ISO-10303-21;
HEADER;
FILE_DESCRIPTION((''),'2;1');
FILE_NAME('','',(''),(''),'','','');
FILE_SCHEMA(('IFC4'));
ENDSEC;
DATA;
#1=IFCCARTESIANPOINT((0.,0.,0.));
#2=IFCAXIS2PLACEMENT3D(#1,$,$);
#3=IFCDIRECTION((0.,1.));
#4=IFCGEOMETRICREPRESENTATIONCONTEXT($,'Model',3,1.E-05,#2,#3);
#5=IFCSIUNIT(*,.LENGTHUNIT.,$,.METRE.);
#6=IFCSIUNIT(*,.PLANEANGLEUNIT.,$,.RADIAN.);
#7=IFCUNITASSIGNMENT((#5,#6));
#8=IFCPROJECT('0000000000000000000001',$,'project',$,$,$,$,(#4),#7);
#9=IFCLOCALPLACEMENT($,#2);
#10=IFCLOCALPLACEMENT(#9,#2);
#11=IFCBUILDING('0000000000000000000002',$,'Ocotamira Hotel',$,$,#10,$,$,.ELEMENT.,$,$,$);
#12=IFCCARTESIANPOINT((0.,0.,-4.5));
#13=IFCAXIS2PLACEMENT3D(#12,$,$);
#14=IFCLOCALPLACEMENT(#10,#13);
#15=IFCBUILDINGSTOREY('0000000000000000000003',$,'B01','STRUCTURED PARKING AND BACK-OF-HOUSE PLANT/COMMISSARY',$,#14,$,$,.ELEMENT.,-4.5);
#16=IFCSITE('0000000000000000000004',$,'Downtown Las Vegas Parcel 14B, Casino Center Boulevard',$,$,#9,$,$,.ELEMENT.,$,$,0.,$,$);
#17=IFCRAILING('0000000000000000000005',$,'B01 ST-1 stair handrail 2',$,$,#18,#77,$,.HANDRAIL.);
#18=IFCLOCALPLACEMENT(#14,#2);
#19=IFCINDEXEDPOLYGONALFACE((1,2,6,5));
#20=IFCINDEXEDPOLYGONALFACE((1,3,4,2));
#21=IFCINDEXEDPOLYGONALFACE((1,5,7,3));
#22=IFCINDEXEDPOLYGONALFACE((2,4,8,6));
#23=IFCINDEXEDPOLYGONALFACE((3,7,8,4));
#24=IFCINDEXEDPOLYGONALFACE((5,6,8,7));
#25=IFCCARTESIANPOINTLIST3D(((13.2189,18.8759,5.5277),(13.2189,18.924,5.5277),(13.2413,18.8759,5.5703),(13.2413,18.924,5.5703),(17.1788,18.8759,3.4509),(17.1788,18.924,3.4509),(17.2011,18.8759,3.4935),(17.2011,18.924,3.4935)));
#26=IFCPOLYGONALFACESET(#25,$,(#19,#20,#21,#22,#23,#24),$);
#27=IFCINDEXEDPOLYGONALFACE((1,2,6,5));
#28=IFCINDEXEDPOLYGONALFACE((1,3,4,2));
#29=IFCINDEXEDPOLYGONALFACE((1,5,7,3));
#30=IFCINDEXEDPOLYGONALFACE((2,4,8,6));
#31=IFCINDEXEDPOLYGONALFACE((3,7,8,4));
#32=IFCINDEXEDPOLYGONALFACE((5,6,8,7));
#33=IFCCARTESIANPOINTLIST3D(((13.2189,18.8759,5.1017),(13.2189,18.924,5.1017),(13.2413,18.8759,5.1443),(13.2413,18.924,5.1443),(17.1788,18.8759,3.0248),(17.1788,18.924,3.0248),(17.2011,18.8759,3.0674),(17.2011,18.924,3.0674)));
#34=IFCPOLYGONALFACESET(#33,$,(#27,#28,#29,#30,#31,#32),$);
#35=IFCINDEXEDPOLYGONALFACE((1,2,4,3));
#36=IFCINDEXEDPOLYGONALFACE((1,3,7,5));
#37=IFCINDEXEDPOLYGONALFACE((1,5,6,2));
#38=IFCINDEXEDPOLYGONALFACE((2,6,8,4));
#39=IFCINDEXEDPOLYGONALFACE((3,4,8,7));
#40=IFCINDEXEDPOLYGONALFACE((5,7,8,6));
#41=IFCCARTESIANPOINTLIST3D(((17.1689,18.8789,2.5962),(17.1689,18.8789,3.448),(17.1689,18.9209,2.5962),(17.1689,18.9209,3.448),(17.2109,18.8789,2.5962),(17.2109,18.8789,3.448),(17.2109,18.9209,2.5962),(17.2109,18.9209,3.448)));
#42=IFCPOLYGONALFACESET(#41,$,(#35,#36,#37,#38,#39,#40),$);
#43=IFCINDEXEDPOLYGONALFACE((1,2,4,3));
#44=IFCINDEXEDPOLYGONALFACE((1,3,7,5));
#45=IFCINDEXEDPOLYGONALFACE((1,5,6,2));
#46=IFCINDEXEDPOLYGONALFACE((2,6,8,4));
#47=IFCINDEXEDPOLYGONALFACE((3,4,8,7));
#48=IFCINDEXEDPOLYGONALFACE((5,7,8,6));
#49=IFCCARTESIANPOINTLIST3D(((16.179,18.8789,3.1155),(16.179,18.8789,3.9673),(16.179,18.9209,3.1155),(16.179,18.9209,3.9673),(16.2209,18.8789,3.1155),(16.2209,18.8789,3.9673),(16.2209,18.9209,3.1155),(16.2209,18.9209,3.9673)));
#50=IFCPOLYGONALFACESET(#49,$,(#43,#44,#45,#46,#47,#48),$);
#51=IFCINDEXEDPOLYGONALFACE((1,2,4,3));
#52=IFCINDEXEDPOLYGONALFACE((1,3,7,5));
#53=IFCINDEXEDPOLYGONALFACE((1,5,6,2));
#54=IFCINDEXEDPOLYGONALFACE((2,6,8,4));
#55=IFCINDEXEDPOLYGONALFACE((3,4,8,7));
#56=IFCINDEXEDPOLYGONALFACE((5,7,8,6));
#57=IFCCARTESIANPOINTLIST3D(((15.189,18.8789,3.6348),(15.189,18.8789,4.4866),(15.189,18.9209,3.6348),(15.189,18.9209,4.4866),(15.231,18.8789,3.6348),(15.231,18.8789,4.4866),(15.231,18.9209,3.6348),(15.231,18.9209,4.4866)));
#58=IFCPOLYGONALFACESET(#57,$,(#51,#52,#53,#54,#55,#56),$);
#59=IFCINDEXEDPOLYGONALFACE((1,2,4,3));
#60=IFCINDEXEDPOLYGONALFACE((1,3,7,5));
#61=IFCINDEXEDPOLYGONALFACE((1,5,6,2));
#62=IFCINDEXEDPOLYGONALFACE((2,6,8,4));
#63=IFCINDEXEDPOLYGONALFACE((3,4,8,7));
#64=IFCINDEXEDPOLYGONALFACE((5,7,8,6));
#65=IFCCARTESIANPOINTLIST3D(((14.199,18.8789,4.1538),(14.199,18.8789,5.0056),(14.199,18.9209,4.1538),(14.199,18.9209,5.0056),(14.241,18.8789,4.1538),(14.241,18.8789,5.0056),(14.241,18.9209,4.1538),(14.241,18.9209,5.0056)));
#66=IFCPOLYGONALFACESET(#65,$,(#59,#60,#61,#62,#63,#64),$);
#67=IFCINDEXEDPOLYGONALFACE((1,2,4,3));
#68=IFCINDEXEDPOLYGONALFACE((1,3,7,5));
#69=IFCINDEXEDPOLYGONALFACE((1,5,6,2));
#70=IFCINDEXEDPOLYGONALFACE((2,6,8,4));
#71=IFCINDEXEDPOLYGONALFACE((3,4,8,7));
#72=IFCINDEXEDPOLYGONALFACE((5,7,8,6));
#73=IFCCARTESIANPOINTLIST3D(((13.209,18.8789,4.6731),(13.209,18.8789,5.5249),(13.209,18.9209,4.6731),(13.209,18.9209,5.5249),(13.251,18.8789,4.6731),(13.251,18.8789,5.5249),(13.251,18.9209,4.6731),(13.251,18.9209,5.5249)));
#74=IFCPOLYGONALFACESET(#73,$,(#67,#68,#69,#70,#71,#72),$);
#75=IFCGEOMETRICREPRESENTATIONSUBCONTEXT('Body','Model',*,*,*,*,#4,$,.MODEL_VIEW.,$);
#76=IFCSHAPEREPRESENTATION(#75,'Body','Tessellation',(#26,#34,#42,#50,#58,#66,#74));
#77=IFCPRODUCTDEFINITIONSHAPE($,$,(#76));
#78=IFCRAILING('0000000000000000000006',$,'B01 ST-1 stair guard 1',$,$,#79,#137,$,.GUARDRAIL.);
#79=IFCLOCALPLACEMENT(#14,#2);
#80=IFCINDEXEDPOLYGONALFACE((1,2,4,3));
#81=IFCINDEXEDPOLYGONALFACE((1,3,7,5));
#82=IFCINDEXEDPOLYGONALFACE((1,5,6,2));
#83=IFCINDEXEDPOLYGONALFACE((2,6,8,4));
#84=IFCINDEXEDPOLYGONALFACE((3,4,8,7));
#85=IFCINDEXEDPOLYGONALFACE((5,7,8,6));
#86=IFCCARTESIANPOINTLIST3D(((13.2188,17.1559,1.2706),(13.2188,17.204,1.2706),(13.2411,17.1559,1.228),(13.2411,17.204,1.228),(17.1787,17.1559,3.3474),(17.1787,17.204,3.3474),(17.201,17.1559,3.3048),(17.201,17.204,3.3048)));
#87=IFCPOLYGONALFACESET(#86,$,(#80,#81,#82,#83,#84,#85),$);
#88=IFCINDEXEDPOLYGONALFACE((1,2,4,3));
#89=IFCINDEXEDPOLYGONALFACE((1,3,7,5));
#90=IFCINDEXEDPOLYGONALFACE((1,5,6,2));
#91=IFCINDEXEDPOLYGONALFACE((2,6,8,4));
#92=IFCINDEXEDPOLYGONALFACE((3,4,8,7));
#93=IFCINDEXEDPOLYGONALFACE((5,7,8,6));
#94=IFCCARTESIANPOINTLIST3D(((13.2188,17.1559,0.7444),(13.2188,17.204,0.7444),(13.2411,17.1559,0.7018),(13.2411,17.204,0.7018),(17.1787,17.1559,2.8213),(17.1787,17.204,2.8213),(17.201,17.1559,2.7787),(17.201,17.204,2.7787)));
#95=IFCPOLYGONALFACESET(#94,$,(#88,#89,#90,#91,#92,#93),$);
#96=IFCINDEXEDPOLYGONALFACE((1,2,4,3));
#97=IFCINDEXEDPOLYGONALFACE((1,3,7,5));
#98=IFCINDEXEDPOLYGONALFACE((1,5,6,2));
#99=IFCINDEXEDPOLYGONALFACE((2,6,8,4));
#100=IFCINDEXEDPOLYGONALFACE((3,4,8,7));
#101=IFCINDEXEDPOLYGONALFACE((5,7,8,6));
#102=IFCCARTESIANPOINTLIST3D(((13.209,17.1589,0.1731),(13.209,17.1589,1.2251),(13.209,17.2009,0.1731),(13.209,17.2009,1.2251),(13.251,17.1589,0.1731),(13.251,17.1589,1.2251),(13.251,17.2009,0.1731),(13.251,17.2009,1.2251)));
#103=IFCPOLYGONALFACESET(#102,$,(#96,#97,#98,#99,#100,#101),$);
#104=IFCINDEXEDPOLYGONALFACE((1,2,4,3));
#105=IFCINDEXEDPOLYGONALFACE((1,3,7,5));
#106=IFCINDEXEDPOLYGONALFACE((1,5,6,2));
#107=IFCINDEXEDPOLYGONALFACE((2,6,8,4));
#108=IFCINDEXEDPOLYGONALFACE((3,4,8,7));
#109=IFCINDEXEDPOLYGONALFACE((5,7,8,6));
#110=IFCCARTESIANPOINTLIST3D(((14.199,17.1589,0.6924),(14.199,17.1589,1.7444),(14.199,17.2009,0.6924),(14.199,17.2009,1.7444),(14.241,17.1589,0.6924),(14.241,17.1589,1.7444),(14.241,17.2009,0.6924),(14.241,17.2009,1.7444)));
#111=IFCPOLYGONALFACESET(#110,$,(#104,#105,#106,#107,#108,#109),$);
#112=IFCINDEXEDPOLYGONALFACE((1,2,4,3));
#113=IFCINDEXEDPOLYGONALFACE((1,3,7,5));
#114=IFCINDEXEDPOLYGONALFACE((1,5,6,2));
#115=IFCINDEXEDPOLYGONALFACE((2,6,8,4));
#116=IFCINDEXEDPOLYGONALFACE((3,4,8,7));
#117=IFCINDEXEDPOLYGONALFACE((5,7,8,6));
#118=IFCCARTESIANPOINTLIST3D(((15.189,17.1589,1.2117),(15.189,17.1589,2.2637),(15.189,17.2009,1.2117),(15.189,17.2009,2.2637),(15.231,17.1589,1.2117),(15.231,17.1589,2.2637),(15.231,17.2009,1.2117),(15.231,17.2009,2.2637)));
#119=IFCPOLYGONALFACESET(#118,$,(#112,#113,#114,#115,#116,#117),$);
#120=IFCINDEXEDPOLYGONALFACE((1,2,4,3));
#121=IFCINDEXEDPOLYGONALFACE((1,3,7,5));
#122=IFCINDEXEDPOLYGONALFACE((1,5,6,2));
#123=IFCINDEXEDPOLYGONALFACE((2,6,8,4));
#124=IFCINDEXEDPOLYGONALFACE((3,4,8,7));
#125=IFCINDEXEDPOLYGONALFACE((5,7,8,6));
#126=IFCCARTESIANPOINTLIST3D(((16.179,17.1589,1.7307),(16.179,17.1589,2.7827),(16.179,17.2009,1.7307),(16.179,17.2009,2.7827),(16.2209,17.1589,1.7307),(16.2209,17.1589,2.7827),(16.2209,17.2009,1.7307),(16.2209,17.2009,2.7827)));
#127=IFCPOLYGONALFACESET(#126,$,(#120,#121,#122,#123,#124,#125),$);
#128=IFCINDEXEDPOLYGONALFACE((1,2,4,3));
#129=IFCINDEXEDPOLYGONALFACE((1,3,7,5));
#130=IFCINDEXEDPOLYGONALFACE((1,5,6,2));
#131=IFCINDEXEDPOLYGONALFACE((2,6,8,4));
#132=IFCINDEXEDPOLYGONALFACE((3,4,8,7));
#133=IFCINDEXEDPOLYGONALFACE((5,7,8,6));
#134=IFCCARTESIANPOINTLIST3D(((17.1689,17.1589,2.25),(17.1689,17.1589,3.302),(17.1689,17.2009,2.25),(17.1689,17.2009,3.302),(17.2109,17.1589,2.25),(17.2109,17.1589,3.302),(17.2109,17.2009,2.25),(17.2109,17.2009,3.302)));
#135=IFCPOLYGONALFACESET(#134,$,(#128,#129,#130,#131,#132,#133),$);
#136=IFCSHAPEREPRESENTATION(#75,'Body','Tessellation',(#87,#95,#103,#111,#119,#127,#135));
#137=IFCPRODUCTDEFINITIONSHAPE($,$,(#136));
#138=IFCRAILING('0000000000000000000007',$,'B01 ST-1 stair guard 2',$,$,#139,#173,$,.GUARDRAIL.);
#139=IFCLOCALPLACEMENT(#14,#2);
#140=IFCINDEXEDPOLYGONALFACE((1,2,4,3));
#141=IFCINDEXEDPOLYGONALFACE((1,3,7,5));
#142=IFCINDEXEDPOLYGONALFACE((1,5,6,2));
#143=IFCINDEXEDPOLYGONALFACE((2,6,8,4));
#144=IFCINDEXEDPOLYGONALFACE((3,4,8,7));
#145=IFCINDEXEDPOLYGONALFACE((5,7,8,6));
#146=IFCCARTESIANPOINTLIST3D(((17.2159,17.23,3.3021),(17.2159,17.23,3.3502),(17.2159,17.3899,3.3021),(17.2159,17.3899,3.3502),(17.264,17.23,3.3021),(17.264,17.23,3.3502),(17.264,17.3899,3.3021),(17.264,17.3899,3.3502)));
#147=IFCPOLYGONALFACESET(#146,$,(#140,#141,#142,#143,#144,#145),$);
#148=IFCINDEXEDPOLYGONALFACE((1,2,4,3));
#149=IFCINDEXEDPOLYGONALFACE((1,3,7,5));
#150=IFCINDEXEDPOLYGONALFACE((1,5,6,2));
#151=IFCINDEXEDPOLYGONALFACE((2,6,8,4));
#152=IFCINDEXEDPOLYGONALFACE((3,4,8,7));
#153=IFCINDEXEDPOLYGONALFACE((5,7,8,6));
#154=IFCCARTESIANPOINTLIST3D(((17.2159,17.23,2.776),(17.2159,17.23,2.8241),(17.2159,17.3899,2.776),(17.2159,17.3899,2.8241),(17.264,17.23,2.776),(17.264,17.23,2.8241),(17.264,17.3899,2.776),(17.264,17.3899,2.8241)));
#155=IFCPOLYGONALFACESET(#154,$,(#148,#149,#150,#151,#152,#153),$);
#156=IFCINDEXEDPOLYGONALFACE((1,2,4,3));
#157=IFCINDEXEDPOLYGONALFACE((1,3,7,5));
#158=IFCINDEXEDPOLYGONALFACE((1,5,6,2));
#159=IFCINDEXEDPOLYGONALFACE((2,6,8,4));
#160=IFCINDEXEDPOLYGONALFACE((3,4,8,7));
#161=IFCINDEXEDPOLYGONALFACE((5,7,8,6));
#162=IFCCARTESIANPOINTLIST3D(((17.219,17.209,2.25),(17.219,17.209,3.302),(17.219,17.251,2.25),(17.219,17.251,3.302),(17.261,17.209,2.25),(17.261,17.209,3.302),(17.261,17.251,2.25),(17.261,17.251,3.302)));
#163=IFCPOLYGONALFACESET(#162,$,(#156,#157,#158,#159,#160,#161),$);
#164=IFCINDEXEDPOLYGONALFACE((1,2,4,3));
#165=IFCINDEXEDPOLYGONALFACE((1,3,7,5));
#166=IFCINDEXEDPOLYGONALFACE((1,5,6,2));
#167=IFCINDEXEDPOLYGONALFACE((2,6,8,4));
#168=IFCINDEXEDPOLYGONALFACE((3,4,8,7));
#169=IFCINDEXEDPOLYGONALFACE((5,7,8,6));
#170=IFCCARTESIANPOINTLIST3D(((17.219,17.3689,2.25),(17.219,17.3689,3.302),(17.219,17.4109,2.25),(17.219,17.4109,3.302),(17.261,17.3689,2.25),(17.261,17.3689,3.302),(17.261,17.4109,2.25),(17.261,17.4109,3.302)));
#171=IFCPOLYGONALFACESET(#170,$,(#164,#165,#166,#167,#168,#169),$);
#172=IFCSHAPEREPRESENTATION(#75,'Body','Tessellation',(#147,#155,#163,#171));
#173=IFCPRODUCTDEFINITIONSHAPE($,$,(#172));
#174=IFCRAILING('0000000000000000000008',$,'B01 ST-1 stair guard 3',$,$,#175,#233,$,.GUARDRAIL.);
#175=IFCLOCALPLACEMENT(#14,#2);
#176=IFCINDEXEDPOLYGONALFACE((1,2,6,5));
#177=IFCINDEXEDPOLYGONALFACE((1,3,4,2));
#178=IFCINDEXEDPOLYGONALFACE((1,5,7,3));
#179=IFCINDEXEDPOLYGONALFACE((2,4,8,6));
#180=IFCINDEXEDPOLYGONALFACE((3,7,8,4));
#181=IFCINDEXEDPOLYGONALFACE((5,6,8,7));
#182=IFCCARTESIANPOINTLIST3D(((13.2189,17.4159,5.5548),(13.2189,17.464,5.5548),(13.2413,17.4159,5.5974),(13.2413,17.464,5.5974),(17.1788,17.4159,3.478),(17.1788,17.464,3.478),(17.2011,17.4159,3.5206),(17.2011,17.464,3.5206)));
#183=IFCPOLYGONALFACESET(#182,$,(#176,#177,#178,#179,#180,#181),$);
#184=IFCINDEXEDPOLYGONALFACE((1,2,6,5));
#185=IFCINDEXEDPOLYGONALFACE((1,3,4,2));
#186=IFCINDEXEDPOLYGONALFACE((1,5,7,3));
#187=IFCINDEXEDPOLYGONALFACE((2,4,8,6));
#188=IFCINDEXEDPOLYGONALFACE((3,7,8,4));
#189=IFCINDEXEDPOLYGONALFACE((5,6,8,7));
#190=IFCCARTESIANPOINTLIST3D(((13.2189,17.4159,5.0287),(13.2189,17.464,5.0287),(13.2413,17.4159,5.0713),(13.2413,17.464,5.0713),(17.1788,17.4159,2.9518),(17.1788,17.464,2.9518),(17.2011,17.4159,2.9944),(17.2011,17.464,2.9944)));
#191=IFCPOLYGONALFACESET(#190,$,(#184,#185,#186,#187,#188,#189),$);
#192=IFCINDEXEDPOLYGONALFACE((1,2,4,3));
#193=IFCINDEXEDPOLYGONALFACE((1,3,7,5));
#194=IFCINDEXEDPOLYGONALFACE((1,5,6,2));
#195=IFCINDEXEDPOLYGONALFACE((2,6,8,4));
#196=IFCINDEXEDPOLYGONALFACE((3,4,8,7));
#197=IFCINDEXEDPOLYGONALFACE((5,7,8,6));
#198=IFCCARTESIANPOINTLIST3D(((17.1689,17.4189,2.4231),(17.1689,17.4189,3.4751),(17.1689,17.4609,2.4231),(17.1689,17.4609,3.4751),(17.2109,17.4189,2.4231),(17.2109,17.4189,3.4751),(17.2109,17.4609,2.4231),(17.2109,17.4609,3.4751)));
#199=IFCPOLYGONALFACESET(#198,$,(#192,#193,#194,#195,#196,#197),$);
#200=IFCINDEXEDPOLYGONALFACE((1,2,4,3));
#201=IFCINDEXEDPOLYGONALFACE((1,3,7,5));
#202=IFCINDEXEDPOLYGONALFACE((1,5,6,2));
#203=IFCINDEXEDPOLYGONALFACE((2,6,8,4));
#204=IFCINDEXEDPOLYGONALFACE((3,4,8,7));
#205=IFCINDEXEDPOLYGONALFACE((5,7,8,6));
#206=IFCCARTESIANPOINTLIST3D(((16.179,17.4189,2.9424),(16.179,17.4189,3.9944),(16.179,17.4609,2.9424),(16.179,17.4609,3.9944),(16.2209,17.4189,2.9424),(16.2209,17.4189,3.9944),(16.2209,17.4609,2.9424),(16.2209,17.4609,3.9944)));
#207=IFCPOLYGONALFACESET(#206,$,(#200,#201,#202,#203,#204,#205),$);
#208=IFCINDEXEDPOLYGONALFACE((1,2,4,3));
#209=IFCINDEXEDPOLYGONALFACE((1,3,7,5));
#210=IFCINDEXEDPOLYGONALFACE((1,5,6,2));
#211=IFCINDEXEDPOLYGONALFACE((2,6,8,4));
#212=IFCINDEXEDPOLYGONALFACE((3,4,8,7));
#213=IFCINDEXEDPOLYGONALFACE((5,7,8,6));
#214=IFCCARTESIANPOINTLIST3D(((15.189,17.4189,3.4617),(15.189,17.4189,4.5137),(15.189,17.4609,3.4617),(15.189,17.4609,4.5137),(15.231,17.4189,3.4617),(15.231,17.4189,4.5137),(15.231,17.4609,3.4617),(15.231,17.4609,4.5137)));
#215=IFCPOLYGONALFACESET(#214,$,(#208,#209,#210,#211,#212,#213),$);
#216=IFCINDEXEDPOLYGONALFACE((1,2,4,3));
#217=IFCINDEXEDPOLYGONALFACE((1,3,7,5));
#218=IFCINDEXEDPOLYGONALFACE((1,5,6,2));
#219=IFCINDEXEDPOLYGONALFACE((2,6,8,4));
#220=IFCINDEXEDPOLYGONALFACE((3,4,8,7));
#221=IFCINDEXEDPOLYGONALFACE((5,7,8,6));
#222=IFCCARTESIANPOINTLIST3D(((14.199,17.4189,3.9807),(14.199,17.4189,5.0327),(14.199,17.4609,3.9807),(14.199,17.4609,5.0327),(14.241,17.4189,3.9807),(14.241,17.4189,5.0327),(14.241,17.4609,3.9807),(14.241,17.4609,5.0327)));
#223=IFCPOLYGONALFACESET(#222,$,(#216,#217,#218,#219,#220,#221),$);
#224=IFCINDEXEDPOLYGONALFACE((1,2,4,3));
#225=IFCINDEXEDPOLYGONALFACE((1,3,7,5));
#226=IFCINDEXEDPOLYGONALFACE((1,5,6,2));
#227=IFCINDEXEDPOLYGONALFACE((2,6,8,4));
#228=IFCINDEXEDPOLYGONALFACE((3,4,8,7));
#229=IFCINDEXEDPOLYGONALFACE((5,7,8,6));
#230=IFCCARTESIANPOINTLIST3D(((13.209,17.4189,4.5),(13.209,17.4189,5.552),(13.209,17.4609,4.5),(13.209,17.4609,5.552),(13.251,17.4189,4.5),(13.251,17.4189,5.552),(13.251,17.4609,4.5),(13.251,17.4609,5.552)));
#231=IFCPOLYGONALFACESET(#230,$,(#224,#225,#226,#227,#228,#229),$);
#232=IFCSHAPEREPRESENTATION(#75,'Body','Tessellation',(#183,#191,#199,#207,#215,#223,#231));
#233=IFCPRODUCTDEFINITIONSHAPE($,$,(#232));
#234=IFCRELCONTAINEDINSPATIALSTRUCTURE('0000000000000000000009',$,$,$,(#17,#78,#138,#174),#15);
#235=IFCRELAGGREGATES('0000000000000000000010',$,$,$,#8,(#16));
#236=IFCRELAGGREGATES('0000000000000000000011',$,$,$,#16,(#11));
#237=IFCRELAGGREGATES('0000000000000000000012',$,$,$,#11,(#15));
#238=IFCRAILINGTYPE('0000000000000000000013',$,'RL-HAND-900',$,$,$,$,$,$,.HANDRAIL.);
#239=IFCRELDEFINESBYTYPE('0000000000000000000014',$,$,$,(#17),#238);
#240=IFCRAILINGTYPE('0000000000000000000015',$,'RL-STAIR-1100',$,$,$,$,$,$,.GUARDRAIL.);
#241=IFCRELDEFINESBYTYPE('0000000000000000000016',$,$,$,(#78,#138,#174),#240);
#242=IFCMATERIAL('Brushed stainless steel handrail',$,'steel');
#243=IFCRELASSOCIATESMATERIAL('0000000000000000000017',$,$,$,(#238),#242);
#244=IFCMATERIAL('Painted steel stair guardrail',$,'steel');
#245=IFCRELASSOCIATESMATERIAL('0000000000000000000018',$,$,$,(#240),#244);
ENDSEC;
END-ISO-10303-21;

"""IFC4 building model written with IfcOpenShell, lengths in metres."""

from ifc_helpers import new_model, si_unit, direction, frame, origin, origin_2d, place, context, subcontext, project, spatial, rectangle, extrude, material, type_object, element, save


model = new_model("IFC4")

# Units and contexts
model_context = context("Model", 3, precision=1e-05, world=origin(), true_north=direction((0.0, 1.0)))
body_context = subcontext(model_context, "Body", "Model", "MODEL_VIEW")
ifc_project = project(units=[si_unit("LENGTHUNIT", "METRE"), si_unit("PLANEANGLEUNIT", "RADIAN")], contexts=[model_context])

# Site, building, storey
site_placement = place(None, origin())
site = spatial("IfcSite", under=ifc_project, at=site_placement, Name="Downtown Las Vegas Parcel 14B, Casino Center Boulevard", CompositionType="ELEMENT", RefElevation=0.0)
building_placement = place(site_placement, origin())
building = spatial("IfcBuilding", under=site, at=building_placement, Name="Ocotamira Hotel", CompositionType="ELEMENT")
storey_placement = place(building_placement, frame((0.0, 0.0, -4.5)))
storey = spatial("IfcBuildingStorey", under=building, at=storey_placement, Name="B01", Description="STRUCTURED PARKING AND BACK-OF-HOUSE PLANT/COMMISSARY", CompositionType="ELEMENT", Elevation=-4.5)

# Railings
ifc_material_1 = material(Name="Brushed stainless steel handrail", Category="steel")
railing_type_1 = type_object("IfcRailingType", Name="RL-HAND-900", PredefinedType="HANDRAIL", material=ifc_material_1)
railing_1_placement = place(storey_placement, frame((17.1899, 18.8999, 2.5962)))
element("IfcRailing", 1, at=railing_1_placement, inside=storey, type_object=railing_type_1, Name="B01 ST-1 stair handrail 2", PredefinedType="HANDRAIL", context=body_context, shape_type="SweptSolid", body=[
    extrude(rectangle(XDim=0.0481, YDim=0.0481, at=origin_2d()), frame((0.0, 0.0, 0.876), z_axis=(-0.885589, 0.0, 0.46447), x_axis=(0.0, -1.0, 0.0)), (0.0, 0.0, 1.0), 4.4714),
    extrude(rectangle(XDim=0.0481, YDim=0.0481, at=origin_2d()), frame((0.0, 0.0, 0.45), z_axis=(-0.885589, 0.0, 0.46447), x_axis=(0.0, -1.0, 0.0)), (0.0, 0.0, 1.0), 4.4714),
    extrude(rectangle(XDim=0.042, YDim=0.042, at=origin_2d()), origin(), (0.0, 0.0, 1.0), 0.8518),
    extrude(rectangle(XDim=0.042, YDim=0.042, at=origin_2d()), frame((-0.99, 0.0, 0.5193)), (0.0, 0.0, 1.0), 0.8518),
    extrude(rectangle(XDim=0.042, YDim=0.042, at=origin_2d()), frame((-1.98, 0.0, 1.0386)), (0.0, 0.0, 1.0), 0.8518),
    extrude(rectangle(XDim=0.042, YDim=0.042, at=origin_2d()), frame((-2.97, 0.0, 1.5576)), (0.0, 0.0, 1.0), 0.8518),
    extrude(rectangle(XDim=0.042, YDim=0.042, at=origin_2d()), frame((-3.96, 0.0, 2.0769)), (0.0, 0.0, 1.0), 0.8518),
])
ifc_material_2 = material(Name="Painted steel stair guardrail", Category="steel")
railing_type_2 = type_object("IfcRailingType", Name="RL-STAIR-1100", PredefinedType="GUARDRAIL", material=ifc_material_2)
railing_2_placement = place(storey_placement, frame((13.23, 17.1799, 0.1731)))
element("IfcRailing", 2, at=railing_2_placement, inside=storey, type_object=railing_type_2, Name="B01 ST-1 stair guard 1", PredefinedType="GUARDRAIL", context=body_context, shape_type="SweptSolid", body=[
    extrude(rectangle(XDim=0.0481, YDim=0.0481, at=origin_2d()), frame((0.0, 0.0, 1.0762), z_axis=(0.885589, 0.0, 0.46447), x_axis=(0.0, 1.0, 0.0)), (0.0, 0.0, 1.0), 4.4714),
    extrude(rectangle(XDim=0.0481, YDim=0.0481, at=origin_2d()), frame((0.0, 0.0, 0.55), z_axis=(0.885589, 0.0, 0.46447), x_axis=(0.0, 1.0, 0.0)), (0.0, 0.0, 1.0), 4.4714),
    extrude(rectangle(XDim=0.042, YDim=0.042, at=origin_2d()), origin(), (0.0, 0.0, 1.0), 1.052),
    extrude(rectangle(XDim=0.042, YDim=0.042, at=origin_2d()), frame((0.99, 0.0, 0.5193)), (0.0, 0.0, 1.0), 1.052),
    extrude(rectangle(XDim=0.042, YDim=0.042, at=origin_2d()), frame((1.98, 0.0, 1.0386)), (0.0, 0.0, 1.0), 1.052),
    extrude(rectangle(XDim=0.042, YDim=0.042, at=origin_2d()), frame((2.97, 0.0, 1.5576)), (0.0, 0.0, 1.0), 1.052),
    extrude(rectangle(XDim=0.042, YDim=0.042, at=origin_2d()), frame((3.96, 0.0, 2.0769)), (0.0, 0.0, 1.0), 1.052),
])
railing_3_placement = place(storey_placement, frame((17.24, 17.23, 2.25)))
element("IfcRailing", 3, at=railing_3_placement, inside=storey, type_object=railing_type_2, Name="B01 ST-1 stair guard 2", PredefinedType="GUARDRAIL", context=body_context, shape_type="SweptSolid", body=[
    extrude(rectangle(XDim=0.0481, YDim=0.0481, at=origin_2d()), frame((0.0, 0.0, 1.0762), z_axis=(0.0, 1.0, 0.0), x_axis=(-1.0, 0.0, 0.0)), (0.0, 0.0, 1.0), 0.1599),
    extrude(rectangle(XDim=0.0481, YDim=0.0481, at=origin_2d()), frame((0.0, 0.0, 0.55), z_axis=(0.0, 1.0, 0.0), x_axis=(-1.0, 0.0, 0.0)), (0.0, 0.0, 1.0), 0.1599),
    extrude(rectangle(XDim=0.042, YDim=0.042, at=origin_2d()), origin(), (0.0, 0.0, 1.0), 1.052),
    extrude(rectangle(XDim=0.042, YDim=0.042, at=origin_2d()), frame((0.0, 0.1599, 0.0)), (0.0, 0.0, 1.0), 1.052),
])
railing_4_placement = place(storey_placement, frame((17.1899, 17.4399, 2.4231)))
element("IfcRailing", 4, at=railing_4_placement, inside=storey, type_object=railing_type_2, Name="B01 ST-1 stair guard 3", PredefinedType="GUARDRAIL", context=body_context, shape_type="SweptSolid", body=[
    extrude(rectangle(XDim=0.0481, YDim=0.0481, at=origin_2d()), frame((0.0, 0.0, 1.0762), z_axis=(-0.885589, 0.0, 0.46447), x_axis=(0.0, -1.0, 0.0)), (0.0, 0.0, 1.0), 4.4714),
    extrude(rectangle(XDim=0.0481, YDim=0.0481, at=origin_2d()), frame((0.0, 0.0, 0.55), z_axis=(-0.885589, 0.0, 0.46447), x_axis=(0.0, -1.0, 0.0)), (0.0, 0.0, 1.0), 4.4714),
    extrude(rectangle(XDim=0.042, YDim=0.042, at=origin_2d()), origin(), (0.0, 0.0, 1.0), 1.052),
    extrude(rectangle(XDim=0.042, YDim=0.042, at=origin_2d()), frame((-0.99, 0.0, 0.5193)), (0.0, 0.0, 1.0), 1.052),
    extrude(rectangle(XDim=0.042, YDim=0.042, at=origin_2d()), frame((-1.98, 0.0, 1.0386)), (0.0, 0.0, 1.0), 1.052),
    extrude(rectangle(XDim=0.042, YDim=0.042, at=origin_2d()), frame((-2.97, 0.0, 1.5576)), (0.0, 0.0, 1.0), 1.052),
    extrude(rectangle(XDim=0.042, YDim=0.042, at=origin_2d()), frame((-3.96, 0.0, 2.0769)), (0.0, 0.0, 1.0), 1.052),
])

save(model, "model.ifc")
